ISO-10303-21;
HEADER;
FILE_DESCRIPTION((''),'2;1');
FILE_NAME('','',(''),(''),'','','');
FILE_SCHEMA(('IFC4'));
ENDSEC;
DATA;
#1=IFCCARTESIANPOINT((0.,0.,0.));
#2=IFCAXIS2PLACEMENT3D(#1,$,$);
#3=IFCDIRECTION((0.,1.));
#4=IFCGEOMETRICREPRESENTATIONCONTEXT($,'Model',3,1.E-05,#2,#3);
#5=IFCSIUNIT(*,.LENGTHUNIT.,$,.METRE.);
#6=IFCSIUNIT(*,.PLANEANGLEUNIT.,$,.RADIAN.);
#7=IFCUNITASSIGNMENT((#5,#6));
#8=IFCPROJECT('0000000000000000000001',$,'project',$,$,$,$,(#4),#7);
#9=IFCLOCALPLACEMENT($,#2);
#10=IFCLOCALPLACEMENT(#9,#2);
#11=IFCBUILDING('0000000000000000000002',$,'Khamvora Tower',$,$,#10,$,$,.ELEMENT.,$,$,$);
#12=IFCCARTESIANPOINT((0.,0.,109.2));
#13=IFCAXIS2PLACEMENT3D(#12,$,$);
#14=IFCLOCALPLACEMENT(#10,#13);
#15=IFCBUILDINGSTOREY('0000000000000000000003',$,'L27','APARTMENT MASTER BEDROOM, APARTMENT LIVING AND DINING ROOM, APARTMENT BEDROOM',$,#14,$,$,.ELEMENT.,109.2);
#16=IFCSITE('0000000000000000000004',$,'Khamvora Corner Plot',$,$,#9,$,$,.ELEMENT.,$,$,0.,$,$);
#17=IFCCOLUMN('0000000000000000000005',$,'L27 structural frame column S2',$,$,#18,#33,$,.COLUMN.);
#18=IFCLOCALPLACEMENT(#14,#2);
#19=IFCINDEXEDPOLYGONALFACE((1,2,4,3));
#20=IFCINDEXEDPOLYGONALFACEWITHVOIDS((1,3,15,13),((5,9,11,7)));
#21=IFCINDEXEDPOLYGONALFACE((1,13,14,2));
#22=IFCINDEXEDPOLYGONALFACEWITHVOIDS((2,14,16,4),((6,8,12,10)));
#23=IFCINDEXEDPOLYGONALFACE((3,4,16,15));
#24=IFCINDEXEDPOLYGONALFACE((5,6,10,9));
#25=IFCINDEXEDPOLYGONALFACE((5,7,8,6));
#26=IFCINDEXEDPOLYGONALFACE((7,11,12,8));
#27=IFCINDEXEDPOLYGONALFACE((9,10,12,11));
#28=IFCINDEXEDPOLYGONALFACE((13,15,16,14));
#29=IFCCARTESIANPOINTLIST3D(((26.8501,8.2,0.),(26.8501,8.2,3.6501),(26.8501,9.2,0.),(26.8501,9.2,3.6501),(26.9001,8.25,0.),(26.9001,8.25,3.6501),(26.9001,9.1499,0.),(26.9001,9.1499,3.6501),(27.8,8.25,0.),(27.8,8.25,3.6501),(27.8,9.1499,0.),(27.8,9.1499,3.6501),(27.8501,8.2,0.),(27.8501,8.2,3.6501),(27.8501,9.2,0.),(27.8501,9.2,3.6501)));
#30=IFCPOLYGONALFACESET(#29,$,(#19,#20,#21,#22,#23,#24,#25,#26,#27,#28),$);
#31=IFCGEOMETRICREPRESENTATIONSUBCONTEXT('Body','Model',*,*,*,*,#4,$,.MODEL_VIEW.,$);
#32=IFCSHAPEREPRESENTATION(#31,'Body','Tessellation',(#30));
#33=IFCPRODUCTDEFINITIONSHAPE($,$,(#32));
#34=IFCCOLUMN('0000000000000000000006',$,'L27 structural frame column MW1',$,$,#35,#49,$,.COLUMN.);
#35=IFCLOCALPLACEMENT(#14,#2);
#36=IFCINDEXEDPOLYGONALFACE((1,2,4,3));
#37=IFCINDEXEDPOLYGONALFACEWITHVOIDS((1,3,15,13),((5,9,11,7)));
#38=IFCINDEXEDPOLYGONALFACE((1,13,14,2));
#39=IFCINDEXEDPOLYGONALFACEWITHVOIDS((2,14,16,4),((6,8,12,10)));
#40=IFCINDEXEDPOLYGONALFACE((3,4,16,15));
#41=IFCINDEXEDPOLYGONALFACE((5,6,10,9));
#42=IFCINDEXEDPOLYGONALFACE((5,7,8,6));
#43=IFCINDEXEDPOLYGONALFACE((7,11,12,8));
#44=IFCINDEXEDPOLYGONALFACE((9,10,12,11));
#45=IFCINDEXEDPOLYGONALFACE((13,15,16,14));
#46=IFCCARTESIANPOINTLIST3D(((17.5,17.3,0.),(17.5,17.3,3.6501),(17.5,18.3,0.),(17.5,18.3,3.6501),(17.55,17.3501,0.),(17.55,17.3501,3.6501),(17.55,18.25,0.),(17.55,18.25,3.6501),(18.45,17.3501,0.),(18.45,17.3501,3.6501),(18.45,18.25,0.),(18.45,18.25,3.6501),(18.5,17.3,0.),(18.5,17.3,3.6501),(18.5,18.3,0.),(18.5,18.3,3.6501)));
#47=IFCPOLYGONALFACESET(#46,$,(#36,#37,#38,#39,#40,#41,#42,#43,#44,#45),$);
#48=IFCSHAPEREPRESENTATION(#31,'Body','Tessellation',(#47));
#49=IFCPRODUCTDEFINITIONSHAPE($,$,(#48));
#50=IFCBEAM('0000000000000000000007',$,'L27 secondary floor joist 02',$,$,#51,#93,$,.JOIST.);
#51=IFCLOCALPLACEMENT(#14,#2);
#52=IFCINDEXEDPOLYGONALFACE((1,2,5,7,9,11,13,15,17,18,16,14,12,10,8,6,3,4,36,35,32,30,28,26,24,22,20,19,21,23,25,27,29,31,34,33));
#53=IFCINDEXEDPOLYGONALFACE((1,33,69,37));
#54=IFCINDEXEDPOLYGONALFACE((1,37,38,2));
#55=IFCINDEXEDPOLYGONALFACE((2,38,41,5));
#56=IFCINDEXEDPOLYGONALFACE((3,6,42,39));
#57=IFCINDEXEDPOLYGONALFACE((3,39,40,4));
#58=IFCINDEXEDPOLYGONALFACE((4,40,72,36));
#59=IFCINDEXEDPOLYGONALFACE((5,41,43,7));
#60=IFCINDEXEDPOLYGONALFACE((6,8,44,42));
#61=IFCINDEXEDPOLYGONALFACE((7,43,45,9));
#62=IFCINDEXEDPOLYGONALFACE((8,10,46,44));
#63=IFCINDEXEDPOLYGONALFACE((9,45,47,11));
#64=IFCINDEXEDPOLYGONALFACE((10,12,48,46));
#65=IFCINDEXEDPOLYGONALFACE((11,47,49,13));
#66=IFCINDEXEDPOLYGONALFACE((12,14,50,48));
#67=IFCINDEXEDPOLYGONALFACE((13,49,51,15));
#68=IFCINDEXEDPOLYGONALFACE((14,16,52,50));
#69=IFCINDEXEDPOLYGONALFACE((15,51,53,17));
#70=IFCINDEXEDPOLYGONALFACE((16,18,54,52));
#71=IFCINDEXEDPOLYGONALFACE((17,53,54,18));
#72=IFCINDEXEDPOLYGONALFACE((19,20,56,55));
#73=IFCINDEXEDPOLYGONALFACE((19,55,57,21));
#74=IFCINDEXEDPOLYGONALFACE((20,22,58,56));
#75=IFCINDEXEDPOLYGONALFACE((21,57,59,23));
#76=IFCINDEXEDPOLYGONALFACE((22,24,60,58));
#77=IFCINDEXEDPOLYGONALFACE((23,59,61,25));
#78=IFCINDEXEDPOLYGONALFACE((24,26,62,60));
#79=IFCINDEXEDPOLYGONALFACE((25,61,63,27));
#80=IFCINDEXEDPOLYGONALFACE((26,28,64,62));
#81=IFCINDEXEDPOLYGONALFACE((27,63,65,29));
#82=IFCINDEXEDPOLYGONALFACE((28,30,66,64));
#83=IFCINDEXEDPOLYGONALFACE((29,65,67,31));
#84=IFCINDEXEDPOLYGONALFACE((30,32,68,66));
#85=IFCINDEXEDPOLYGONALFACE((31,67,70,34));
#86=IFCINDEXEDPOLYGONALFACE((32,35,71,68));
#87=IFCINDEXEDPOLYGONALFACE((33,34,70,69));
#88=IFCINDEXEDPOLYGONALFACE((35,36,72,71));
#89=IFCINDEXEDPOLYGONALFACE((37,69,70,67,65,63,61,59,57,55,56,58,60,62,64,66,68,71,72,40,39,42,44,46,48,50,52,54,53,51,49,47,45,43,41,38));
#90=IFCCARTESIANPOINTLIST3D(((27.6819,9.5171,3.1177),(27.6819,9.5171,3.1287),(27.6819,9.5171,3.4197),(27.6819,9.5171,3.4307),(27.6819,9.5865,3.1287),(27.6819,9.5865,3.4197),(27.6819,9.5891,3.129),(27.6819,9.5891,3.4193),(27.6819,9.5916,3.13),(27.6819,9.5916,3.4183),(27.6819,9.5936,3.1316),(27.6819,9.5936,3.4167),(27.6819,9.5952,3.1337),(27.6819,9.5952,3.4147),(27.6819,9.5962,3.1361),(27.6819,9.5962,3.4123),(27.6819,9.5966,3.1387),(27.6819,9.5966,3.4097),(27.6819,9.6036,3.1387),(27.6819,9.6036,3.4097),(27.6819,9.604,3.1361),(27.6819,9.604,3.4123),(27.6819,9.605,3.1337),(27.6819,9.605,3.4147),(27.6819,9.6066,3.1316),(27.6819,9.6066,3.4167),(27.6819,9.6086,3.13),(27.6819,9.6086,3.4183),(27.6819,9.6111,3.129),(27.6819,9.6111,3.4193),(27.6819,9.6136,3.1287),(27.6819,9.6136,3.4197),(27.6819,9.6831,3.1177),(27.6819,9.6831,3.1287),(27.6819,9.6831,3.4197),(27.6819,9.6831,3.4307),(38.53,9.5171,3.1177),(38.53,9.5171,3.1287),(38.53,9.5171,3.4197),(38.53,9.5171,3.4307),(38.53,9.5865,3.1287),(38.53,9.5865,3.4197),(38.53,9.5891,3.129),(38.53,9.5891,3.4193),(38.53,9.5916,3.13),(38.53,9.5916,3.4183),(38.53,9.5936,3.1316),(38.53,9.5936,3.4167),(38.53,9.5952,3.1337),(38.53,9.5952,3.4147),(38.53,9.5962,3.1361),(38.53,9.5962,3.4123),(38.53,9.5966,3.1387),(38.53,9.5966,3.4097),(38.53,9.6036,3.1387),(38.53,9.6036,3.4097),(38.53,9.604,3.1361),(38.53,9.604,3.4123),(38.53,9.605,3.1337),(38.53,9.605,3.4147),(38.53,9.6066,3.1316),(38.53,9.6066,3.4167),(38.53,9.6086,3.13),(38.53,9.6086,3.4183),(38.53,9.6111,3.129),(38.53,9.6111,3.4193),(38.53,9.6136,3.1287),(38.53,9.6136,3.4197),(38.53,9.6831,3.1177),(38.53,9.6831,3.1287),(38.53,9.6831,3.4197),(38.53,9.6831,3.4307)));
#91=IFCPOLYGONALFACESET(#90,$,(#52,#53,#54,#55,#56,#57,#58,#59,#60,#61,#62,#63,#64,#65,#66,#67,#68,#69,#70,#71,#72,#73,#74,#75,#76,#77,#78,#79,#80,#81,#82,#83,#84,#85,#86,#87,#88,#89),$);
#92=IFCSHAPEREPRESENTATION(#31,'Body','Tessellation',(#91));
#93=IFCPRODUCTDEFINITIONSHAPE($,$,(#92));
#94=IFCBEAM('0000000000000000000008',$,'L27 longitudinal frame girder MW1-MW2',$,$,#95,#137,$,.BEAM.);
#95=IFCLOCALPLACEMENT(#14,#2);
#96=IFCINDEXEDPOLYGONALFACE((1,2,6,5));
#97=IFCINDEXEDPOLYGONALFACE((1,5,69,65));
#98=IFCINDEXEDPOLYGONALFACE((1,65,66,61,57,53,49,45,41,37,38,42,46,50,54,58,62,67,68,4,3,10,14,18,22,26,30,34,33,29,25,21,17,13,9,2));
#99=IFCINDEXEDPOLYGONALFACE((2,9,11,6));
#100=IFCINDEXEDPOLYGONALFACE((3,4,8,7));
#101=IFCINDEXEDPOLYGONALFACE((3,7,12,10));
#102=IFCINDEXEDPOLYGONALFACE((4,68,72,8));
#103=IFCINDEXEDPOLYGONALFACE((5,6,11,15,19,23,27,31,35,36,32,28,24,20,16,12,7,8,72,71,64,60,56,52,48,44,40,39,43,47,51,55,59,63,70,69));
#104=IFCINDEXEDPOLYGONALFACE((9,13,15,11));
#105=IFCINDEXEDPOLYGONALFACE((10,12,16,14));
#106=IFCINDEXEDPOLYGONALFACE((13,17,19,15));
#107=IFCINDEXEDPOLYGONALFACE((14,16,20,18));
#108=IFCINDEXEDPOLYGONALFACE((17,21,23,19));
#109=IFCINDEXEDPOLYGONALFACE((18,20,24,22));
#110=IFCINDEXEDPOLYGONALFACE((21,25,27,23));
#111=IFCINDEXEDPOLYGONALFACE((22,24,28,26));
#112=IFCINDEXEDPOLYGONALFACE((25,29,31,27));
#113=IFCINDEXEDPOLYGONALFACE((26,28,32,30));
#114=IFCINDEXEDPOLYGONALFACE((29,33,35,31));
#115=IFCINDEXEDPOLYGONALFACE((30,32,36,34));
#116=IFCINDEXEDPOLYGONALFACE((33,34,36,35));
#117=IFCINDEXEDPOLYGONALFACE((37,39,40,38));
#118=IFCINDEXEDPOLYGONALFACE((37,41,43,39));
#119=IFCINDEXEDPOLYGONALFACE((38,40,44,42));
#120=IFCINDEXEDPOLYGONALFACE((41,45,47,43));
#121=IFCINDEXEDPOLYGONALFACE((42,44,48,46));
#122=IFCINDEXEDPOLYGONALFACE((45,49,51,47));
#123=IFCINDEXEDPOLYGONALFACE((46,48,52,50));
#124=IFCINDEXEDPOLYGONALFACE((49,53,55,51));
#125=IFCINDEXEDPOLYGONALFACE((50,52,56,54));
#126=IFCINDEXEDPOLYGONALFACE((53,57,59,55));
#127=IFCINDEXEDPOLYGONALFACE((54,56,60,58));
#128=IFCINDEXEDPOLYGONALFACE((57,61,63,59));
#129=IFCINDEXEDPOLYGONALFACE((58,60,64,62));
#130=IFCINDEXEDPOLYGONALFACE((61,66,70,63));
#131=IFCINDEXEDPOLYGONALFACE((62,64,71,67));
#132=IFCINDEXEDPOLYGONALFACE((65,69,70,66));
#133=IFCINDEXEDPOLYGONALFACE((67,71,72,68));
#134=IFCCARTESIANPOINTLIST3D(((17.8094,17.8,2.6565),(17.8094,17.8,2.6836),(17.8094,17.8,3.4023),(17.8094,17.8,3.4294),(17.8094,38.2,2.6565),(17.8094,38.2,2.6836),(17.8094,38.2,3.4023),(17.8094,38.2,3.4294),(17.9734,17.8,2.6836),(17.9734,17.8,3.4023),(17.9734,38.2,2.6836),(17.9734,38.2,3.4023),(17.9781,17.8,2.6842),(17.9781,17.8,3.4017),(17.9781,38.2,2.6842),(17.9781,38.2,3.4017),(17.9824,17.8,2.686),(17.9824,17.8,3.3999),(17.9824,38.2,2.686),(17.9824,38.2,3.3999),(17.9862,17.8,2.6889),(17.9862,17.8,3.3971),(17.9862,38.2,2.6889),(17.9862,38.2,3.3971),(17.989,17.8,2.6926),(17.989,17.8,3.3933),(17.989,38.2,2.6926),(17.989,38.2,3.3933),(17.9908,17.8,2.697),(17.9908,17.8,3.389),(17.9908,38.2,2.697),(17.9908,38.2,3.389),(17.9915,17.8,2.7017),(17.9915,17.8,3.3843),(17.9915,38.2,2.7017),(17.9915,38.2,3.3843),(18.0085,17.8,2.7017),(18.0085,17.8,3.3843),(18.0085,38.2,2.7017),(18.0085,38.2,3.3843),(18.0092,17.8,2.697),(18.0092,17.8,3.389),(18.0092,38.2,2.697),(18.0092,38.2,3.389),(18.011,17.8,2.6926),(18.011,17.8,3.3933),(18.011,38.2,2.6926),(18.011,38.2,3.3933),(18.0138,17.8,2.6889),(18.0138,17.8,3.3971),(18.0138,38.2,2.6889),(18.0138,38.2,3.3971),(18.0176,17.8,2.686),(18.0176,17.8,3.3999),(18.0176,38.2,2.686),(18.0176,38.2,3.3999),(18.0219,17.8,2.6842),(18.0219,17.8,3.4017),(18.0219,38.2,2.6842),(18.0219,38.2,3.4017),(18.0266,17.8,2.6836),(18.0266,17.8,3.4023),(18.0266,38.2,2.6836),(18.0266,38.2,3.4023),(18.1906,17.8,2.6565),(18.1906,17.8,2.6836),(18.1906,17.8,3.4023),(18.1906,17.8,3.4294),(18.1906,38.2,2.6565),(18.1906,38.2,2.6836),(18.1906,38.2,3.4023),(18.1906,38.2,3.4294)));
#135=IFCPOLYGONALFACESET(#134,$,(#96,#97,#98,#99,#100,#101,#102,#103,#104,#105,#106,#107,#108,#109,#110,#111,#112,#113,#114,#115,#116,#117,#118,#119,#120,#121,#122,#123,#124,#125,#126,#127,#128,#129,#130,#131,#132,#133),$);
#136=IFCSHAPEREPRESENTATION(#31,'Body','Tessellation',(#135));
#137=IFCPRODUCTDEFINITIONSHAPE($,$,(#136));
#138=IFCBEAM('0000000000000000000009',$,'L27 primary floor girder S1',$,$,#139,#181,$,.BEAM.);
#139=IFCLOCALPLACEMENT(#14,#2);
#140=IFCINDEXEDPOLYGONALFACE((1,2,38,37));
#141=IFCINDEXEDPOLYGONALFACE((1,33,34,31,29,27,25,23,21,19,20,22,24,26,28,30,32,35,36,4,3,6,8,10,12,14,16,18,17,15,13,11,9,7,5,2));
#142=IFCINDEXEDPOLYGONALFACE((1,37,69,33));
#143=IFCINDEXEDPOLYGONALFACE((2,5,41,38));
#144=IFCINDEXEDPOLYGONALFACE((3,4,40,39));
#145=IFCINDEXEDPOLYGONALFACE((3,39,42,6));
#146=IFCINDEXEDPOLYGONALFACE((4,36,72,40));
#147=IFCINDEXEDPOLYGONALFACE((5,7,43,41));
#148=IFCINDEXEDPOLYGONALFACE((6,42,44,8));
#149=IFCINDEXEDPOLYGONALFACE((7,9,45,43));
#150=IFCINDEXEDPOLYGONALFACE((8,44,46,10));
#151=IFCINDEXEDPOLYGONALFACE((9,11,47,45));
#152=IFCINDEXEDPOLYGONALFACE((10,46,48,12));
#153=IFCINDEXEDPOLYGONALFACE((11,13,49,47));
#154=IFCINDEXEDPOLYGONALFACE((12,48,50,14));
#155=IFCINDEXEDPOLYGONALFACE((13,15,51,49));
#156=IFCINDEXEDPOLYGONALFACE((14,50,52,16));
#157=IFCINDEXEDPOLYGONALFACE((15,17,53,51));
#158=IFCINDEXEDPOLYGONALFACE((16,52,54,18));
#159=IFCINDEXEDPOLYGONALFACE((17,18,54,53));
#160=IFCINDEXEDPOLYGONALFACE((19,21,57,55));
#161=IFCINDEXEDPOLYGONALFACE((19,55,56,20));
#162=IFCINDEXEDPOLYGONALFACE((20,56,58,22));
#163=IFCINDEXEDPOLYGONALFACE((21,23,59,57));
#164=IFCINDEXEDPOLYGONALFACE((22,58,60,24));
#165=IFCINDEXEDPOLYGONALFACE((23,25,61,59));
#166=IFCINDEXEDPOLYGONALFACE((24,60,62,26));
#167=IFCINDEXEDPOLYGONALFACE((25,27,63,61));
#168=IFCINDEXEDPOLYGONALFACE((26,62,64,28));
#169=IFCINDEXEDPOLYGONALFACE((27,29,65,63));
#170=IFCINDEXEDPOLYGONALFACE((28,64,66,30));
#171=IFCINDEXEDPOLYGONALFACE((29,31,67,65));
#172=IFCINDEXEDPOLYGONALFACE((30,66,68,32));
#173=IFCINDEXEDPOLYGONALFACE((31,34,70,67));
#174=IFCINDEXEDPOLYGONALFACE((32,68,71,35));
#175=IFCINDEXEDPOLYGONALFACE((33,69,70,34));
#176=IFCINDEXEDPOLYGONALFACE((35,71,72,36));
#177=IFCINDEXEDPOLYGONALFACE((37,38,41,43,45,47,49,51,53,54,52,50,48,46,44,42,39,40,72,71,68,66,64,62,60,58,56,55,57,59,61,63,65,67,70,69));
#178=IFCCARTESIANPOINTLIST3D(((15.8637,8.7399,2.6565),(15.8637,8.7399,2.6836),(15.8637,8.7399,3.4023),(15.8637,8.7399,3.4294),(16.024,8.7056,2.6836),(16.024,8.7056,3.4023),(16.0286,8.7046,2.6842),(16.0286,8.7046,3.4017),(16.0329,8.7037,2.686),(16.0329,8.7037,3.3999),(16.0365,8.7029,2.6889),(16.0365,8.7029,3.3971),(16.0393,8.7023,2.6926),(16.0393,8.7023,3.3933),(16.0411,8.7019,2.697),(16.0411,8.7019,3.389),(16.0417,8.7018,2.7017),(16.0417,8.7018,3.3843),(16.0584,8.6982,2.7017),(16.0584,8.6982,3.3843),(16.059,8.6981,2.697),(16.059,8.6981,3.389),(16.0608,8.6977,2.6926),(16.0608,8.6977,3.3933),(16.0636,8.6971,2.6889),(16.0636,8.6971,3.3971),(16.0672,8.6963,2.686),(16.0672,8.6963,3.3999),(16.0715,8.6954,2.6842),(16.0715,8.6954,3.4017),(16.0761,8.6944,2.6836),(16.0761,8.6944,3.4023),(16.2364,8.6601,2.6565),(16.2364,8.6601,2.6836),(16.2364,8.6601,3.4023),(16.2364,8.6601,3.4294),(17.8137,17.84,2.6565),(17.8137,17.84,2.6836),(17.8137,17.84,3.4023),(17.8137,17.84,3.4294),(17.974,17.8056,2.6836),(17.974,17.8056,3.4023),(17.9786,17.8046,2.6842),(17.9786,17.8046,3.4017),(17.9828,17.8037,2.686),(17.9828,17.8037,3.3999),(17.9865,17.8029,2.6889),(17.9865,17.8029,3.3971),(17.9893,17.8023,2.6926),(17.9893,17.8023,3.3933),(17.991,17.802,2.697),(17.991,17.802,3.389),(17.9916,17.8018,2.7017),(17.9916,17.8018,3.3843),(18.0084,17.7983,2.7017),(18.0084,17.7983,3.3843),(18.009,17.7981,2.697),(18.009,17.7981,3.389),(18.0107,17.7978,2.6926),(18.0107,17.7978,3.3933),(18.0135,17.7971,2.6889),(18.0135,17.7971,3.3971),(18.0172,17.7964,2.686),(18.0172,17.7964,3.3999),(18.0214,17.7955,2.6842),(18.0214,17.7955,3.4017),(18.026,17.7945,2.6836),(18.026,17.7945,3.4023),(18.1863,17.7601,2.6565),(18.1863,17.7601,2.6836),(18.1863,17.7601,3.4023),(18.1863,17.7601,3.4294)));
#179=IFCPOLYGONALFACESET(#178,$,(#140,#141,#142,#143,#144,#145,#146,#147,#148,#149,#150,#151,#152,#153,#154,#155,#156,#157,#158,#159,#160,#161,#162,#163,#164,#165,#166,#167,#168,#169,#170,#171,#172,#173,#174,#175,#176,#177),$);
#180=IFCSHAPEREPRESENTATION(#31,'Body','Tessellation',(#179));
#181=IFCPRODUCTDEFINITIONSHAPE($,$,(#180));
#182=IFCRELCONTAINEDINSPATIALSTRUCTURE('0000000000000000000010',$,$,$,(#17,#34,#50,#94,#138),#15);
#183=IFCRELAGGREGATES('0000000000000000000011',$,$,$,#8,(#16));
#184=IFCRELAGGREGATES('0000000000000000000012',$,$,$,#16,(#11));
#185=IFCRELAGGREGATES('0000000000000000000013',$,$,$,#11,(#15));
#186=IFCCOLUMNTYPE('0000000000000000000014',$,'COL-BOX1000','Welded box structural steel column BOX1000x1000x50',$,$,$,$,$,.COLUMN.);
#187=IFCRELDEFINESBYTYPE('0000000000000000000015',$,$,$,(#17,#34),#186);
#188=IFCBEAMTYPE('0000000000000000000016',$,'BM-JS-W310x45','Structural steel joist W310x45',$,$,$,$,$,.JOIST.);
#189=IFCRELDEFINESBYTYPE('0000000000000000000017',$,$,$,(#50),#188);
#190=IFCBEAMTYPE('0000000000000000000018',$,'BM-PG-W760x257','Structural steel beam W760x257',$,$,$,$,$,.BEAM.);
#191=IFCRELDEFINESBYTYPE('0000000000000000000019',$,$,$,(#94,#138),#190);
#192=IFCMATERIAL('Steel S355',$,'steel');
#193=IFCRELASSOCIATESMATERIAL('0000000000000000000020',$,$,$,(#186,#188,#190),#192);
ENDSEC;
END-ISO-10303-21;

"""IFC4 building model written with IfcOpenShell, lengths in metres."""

from ifc_helpers import new_model, si_unit, direction, frame, origin, origin_2d, place, context, subcontext, project, spatial, hollow_rectangle, i_section, extrude, material, material_profile, profile_set, type_object, element, save


model = new_model("IFC4")

# Units and contexts
model_context = context("Model", 3, precision=1e-05, world=origin(), true_north=direction((0.0, 1.0)))
body_context = subcontext(model_context, "Body", "Model", "MODEL_VIEW")
ifc_project = project(units=[si_unit("LENGTHUNIT", "METRE"), si_unit("PLANEANGLEUNIT", "RADIAN")], contexts=[model_context])

# Site, building, storey
site_placement = place(None, origin())
site = spatial("IfcSite", under=ifc_project, at=site_placement, Name="Khamvora Corner Plot", CompositionType="ELEMENT", RefElevation=0.0)
building_placement = place(site_placement, origin())
building = spatial("IfcBuilding", under=site, at=building_placement, Name="Khamvora Tower", CompositionType="ELEMENT")
storey_placement = place(building_placement, frame((0.0, 0.0, 109.2)))
storey = spatial("IfcBuildingStorey", under=building, at=storey_placement, Name="L27", Description="APARTMENT MASTER BEDROOM, APARTMENT LIVING AND DINING ROOM, APARTMENT BEDROOM", CompositionType="ELEMENT", Elevation=109.2)

# Columns
ifc_material_1 = material(Name="Steel S355", Category="steel")
ifc_material_profile_1 = material_profile(ifc_material_1, hollow_rectangle(XDim=1.0, YDim=1.0, WallThickness=0.05, at=origin_2d()), Name="BOX1000x1000x50")
ifc_profile_set_1 = profile_set([ifc_material_profile_1], Name="Steel S355")
column_type = type_object("IfcColumnType", Name="COL-BOX1000", Description="Welded box structural steel column BOX1000x1000x50", PredefinedType="COLUMN", material=ifc_profile_set_1)
for number, where, z_axis, x_axis, name in (
    (1, (27.3501, 8.7, 0.0), (0.0, 0.0, 1.0), (1.0, 0.0, 0.0), "L27 structural frame column S2"),
    (2, (18.0, 17.8, 0.0), (0.0, 0.0, 1.0), (1.0, 0.0, 0.0), "L27 structural frame column MW1"),
):
    element("IfcColumn", number, at=place(storey_placement, frame(where, z_axis=z_axis, x_axis=x_axis)), inside=storey, type_object=column_type, Name=name, PredefinedType="COLUMN", context=body_context, shape_type="SweptSolid", body=[
        extrude(hollow_rectangle(XDim=1.0, YDim=1.0, WallThickness=0.05, at=origin_2d()), origin(), (0.0, 0.0, 1.0), 3.6501),
    ])

# Beams
ifc_material_profile_2 = material_profile(ifc_material_1, i_section(OverallWidth=0.166, OverallDepth=0.313, WebThickness=0.0071, FlangeThickness=0.011, FilletRadius=0.01, at=origin_2d()), Name="W310x45")
ifc_profile_set_2 = profile_set([ifc_material_profile_2], Name="Steel S355")
beam_type_1 = type_object("IfcBeamType", Name="BM-JS-W310x45", Description="Structural steel joist W310x45", PredefinedType="JOIST", material=ifc_profile_set_2)
beam_1_placement = place(storey_placement, frame((27.6819, 9.6001, 3.2742), z_axis=(1.0, 0.0, 0.0), x_axis=(0.0, 1.0, 0.0)))
element("IfcBeam", 3, at=beam_1_placement, inside=storey, type_object=beam_type_1, Name="L27 secondary floor joist 02", PredefinedType="JOIST", context=body_context, shape_type="SweptSolid", body=[
    extrude(i_section(OverallWidth=0.166, OverallDepth=0.313, WebThickness=0.0071, FlangeThickness=0.011, FilletRadius=0.01, at=origin_2d()), origin(), (0.0, 0.0, 1.0), 10.8481),
])
ifc_material_profile_3 = material_profile(ifc_material_1, i_section(OverallWidth=0.3811, OverallDepth=0.7729, WebThickness=0.0171, FlangeThickness=0.0271, FilletRadius=0.0181, at=origin_2d()), Name="W760x257")
ifc_profile_set_3 = profile_set([ifc_material_profile_3], Name="Steel S355")
beam_type_2 = type_object("IfcBeamType", Name="BM-PG-W760x257", Description="Structural steel beam W760x257", PredefinedType="BEAM", material=ifc_profile_set_3)
beam_2_placement = place(storey_placement, frame((18.0, 17.8, 3.043), z_axis=(0.0, 1.0, 0.0), x_axis=(-1.0, 0.0, 0.0)))
element("IfcBeam", 4, at=beam_2_placement, inside=storey, type_object=beam_type_2, Name="L27 longitudinal frame girder MW1-MW2", PredefinedType="BEAM", context=body_context, shape_type="SweptSolid", body=[
    extrude(i_section(OverallWidth=0.3811, OverallDepth=0.7729, WebThickness=0.0171, FlangeThickness=0.0271, FilletRadius=0.0181, at=origin_2d()), origin(), (0.0, 0.0, 1.0), 20.3999),
])
beam_3_placement = place(storey_placement, frame((18.0, 17.8, 3.043), z_axis=(-0.209522, -0.977804, 0.0), x_axis=(0.977804, -0.209522, 0.0)))
element("IfcBeam", 5, at=beam_3_placement, inside=storey, type_object=beam_type_2, Name="L27 primary floor girder S1", PredefinedType="BEAM", context=body_context, shape_type="SweptSolid", body=[
    extrude(i_section(OverallWidth=0.3811, OverallDepth=0.7729, WebThickness=0.0171, FlangeThickness=0.0271, FilletRadius=0.0181, at=origin_2d()), origin(), (0.0, 0.0, 1.0), 9.3066),
])

save(model, "model.ifc")
